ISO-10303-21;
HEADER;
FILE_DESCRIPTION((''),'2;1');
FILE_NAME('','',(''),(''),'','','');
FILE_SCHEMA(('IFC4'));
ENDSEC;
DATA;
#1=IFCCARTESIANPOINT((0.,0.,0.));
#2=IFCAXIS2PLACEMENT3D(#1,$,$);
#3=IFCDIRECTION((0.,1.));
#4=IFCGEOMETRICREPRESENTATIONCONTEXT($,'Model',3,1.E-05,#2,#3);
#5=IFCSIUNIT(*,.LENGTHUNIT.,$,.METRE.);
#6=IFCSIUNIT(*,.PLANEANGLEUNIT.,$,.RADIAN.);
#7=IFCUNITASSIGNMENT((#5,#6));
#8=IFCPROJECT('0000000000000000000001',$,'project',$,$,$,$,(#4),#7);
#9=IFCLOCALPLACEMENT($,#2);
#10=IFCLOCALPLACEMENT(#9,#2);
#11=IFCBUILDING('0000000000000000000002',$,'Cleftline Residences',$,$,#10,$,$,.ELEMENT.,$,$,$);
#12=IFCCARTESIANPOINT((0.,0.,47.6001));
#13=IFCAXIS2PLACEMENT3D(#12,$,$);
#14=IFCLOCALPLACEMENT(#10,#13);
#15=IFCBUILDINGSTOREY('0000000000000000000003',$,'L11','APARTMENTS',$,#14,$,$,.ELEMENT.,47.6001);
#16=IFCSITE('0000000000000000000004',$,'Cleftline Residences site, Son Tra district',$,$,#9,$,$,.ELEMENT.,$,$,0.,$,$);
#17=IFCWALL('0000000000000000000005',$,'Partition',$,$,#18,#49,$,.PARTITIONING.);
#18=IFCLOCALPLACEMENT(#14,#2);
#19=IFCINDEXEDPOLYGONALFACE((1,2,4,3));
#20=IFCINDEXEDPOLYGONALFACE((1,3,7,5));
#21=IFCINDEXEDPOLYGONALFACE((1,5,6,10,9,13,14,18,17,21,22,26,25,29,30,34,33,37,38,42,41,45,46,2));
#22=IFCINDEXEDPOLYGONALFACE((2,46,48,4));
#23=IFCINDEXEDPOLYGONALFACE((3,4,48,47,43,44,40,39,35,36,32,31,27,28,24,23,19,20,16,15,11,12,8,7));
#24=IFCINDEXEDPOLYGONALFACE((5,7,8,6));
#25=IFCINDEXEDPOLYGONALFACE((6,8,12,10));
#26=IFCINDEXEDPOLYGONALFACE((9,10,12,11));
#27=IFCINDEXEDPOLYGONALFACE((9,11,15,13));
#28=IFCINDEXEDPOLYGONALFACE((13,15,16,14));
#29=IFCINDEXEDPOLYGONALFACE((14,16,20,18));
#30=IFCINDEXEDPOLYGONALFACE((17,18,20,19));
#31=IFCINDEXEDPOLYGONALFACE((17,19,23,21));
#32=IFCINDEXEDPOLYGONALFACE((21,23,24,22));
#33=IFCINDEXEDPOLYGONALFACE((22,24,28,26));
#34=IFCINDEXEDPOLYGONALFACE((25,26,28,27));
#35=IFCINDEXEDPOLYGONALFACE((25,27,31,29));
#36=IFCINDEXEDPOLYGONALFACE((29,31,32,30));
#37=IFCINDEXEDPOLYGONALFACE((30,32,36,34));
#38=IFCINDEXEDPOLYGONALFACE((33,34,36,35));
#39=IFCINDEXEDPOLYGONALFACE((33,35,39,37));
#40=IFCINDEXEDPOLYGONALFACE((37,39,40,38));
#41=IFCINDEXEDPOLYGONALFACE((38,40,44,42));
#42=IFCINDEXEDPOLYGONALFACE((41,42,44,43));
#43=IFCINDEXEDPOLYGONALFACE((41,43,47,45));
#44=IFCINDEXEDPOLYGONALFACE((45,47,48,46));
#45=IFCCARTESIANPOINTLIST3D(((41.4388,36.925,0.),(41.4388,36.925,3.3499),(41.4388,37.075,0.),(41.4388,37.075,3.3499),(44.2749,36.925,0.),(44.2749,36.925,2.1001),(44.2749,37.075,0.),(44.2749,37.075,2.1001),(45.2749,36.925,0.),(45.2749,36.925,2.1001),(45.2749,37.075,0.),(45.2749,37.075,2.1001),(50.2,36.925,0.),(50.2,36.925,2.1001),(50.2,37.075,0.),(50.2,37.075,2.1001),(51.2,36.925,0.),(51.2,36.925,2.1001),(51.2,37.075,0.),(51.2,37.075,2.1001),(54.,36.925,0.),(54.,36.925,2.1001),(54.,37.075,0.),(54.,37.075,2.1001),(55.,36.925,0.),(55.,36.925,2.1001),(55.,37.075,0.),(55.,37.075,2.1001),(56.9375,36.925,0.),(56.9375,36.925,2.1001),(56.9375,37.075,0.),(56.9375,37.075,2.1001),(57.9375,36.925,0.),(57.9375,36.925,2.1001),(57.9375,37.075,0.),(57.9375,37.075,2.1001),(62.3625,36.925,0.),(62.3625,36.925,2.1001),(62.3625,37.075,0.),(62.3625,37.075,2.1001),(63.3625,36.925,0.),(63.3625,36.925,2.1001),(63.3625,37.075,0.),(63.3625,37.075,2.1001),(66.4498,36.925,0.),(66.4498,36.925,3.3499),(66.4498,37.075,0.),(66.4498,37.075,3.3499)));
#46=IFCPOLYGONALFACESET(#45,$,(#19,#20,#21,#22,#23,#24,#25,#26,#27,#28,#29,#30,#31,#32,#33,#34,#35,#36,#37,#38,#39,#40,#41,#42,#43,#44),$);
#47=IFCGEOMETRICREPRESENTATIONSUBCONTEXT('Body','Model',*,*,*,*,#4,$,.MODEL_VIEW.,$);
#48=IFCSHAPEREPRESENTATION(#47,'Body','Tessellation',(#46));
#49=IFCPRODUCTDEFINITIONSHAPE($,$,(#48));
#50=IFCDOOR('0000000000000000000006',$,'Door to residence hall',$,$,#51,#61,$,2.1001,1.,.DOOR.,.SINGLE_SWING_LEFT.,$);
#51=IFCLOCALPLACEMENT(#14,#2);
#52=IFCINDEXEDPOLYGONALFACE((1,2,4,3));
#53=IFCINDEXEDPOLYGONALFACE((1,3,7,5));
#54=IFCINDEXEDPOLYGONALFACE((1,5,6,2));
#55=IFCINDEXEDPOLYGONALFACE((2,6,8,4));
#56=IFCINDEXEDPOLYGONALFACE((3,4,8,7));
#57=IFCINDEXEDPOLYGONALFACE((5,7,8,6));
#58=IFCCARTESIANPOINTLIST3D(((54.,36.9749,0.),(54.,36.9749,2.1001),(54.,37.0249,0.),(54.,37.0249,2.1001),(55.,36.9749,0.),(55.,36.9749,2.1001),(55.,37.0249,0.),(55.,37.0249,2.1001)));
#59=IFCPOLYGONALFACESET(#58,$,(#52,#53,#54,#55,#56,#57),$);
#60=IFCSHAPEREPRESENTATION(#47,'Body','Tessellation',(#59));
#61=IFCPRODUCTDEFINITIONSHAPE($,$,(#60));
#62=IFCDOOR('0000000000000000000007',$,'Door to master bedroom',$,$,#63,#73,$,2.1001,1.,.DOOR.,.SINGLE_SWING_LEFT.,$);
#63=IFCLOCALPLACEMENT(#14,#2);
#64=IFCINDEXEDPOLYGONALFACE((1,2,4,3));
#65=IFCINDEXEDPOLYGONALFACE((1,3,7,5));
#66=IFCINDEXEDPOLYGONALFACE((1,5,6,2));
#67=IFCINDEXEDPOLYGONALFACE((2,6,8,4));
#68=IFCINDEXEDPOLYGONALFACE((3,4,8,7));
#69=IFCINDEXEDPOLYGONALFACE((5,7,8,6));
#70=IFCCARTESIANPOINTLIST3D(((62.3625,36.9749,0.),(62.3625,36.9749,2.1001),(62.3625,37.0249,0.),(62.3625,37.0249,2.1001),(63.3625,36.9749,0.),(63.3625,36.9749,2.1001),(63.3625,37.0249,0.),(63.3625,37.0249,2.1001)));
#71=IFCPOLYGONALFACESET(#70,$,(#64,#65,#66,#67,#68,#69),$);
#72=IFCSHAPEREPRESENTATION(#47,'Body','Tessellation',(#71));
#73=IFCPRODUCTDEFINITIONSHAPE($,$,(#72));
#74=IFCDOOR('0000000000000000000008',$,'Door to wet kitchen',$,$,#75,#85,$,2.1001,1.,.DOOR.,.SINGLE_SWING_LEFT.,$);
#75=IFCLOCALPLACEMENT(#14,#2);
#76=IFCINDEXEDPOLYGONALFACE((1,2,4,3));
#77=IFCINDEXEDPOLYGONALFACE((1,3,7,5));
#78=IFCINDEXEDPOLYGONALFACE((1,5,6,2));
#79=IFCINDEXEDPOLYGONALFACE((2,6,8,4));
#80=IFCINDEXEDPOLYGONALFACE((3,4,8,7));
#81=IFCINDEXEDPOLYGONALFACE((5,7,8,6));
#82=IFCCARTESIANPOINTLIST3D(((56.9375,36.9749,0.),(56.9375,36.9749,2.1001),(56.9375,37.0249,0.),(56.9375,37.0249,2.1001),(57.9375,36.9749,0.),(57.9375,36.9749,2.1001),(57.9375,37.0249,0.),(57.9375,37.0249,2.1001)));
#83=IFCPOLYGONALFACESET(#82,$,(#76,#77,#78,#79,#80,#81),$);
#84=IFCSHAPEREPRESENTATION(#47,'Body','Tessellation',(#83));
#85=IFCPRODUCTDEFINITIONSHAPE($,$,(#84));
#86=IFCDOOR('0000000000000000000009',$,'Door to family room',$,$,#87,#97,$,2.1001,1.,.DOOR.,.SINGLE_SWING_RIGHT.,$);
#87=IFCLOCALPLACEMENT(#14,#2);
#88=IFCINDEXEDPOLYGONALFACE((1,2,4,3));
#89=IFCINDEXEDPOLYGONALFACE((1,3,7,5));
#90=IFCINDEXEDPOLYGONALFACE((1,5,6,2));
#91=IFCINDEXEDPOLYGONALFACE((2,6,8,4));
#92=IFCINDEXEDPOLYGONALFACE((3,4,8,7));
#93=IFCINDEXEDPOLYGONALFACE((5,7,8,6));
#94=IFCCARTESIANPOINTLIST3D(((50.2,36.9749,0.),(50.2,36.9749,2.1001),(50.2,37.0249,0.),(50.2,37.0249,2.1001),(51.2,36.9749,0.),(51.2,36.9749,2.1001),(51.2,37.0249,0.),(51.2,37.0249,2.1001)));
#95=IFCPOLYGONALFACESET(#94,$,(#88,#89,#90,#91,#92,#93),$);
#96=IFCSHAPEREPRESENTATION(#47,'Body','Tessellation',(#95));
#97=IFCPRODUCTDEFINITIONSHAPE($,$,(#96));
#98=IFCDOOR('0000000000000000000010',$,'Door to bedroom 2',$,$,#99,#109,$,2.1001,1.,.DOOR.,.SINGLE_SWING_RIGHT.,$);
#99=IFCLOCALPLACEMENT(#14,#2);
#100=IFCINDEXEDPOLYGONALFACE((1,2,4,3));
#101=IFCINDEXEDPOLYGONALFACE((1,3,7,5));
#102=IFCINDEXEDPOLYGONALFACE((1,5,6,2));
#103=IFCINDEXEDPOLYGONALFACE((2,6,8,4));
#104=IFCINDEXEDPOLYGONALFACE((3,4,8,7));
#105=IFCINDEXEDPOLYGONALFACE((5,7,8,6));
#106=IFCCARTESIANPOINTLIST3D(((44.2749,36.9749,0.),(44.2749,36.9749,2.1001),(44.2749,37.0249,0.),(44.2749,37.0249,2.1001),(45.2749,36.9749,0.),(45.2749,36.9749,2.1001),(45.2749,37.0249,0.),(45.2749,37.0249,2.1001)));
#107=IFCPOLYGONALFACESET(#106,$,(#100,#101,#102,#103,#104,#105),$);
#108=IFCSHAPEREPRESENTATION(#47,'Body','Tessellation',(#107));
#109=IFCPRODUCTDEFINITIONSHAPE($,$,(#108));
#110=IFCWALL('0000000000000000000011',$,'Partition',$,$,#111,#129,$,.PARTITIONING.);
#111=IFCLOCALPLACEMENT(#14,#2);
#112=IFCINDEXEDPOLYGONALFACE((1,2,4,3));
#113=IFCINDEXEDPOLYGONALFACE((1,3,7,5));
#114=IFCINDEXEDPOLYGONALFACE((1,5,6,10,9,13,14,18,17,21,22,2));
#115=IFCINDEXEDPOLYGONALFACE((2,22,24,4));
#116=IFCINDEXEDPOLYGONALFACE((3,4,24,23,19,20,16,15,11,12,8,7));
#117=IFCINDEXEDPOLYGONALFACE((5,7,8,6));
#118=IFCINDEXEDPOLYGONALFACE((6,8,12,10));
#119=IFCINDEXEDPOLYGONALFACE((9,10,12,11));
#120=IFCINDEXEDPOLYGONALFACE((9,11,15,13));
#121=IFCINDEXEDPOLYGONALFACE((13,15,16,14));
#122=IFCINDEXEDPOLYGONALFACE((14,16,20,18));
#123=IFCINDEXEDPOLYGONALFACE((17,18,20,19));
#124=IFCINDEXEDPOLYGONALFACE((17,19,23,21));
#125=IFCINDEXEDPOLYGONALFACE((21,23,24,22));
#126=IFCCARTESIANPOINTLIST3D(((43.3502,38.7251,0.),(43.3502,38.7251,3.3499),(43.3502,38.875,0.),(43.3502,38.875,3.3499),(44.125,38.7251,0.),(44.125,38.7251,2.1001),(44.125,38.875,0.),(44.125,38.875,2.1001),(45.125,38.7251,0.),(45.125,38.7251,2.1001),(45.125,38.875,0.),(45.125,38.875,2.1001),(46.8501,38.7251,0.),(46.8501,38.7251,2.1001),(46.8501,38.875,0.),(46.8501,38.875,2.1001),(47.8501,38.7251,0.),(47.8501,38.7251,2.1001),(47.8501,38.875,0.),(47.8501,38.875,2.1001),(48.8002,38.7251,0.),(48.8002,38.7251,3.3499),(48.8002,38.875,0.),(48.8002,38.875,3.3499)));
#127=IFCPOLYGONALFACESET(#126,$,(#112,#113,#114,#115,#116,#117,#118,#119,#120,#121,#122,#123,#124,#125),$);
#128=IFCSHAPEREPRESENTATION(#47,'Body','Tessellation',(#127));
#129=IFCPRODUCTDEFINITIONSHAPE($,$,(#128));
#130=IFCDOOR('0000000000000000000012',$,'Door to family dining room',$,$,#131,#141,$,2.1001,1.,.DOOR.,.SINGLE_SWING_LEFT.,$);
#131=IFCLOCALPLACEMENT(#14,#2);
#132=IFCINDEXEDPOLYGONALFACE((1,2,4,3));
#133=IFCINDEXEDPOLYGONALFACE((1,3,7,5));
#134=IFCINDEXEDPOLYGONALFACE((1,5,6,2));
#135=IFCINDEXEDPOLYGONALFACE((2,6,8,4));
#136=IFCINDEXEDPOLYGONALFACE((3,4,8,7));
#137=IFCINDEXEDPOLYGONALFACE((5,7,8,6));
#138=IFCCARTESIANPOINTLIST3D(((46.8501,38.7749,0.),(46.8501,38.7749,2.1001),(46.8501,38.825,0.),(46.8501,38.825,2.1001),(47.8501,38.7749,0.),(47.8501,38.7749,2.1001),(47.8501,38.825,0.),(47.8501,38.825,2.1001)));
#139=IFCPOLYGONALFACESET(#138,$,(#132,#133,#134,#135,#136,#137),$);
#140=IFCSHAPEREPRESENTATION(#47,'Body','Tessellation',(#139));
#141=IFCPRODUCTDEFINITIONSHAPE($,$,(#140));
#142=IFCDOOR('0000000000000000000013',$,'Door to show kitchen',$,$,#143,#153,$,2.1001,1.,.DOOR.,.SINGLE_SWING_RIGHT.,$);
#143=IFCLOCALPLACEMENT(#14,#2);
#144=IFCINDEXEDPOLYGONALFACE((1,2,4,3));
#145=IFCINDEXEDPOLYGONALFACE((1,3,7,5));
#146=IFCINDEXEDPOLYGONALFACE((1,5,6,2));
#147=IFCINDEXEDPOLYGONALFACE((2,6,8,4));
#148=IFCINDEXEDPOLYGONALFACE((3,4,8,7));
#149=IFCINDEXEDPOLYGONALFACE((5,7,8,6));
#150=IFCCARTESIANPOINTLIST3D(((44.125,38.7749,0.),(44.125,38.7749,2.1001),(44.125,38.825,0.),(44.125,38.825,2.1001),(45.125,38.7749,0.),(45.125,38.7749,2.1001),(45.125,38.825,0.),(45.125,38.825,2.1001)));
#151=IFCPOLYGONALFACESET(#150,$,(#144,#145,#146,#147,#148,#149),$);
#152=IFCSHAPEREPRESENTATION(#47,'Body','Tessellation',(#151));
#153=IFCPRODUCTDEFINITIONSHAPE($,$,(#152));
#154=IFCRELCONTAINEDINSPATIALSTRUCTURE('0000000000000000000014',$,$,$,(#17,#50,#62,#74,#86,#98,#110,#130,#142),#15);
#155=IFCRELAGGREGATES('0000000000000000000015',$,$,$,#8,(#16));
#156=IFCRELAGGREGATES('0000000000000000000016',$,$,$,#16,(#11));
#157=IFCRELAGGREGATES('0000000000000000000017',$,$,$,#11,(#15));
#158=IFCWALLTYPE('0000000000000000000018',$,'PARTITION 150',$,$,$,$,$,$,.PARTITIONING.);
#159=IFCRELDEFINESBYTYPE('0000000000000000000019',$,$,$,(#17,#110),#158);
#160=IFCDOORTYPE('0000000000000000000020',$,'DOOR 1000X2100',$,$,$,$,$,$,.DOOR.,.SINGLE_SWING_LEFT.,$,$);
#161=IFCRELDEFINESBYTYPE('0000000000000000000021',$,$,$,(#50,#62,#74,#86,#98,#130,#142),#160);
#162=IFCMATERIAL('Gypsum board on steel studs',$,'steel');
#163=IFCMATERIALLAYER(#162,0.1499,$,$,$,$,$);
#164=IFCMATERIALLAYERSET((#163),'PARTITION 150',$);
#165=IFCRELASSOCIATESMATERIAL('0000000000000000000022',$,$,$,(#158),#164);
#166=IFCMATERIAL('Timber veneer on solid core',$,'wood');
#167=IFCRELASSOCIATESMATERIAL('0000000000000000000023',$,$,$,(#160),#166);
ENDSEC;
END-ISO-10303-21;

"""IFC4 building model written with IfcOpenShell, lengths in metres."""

from ifc_helpers import new_model, si_unit, direction, frame, frame_2d, origin, place, context, subcontext, project, spatial, rectangle, extrude, material, layer, layer_set, type_object, element, fill, save


model = new_model("IFC4")

# Units and contexts
model_context = context("Model", 3, precision=1e-05, world=origin(), true_north=direction((0.0, 1.0)))
body_context = subcontext(model_context, "Body", "Model", "MODEL_VIEW")
ifc_project = project(units=[si_unit("LENGTHUNIT", "METRE"), si_unit("PLANEANGLEUNIT", "RADIAN")], contexts=[model_context])

# Site, building, storey
site_placement = place(None, origin())
site = spatial("IfcSite", under=ifc_project, at=site_placement, Name="Cleftline Residences site, Son Tra district", CompositionType="ELEMENT", RefElevation=0.0)
building_placement = place(site_placement, origin())
building = spatial("IfcBuilding", under=site, at=building_placement, Name="Cleftline Residences", CompositionType="ELEMENT")
storey_placement = place(building_placement, frame((0.0, 0.0, 47.6001)))
storey = spatial("IfcBuildingStorey", under=building, at=storey_placement, Name="L11", Description="APARTMENTS", CompositionType="ELEMENT", Elevation=47.6001)

# Shared definitions
ifc_material_1 = material(Name="Gypsum board on steel studs", Category="steel")
ifc_layer_1 = layer(ifc_material_1, 0.1499)
ifc_layer_set_1 = layer_set([ifc_layer_1], Name="PARTITION 150")
wall_type = type_object("IfcWallType", Name="PARTITION 150", PredefinedType="PARTITIONING", material=ifc_layer_set_1)

# Walls, openings, doors
wall_1_placement = place(storey_placement, frame((41.439, 37.0, 0.0), z_axis=(0.0, 0.0, 1.0), x_axis=(1.0, 0.0, 0.0)))
wall_1 = element("IfcWall", 1, at=wall_1_placement, inside=storey, type_object=wall_type, Name="Partition", PredefinedType="PARTITIONING", context=body_context, shape_type="SweptSolid", body=[
    extrude(rectangle(XDim=25.011, YDim=0.1499, at=frame_2d((12.5054, 0.0))), origin(), (0.0, 0.0, 1.0), 3.3499),
])
opening_1_placement = place(wall_1_placement, frame((12.561, 0.0, 0.0)))
opening_1 = element("IfcOpeningElement", 2, at=opening_1_placement, cuts=wall_1, PredefinedType="OPENING", context=body_context, shape_type="SweptSolid", body=[
    extrude(rectangle(XDim=1.0, YDim=2.1001, at=frame_2d((0.5, 1.05))), frame((0.0, 0.085, 0.0), z_axis=(0.0, -1.0, 0.0), x_axis=(1.0, 0.0, 0.0)), (0.0, 0.0, 1.0), 0.1699),
])
opening_2_placement = place(wall_1_placement, frame((20.9236, 0.0, 0.0)))
opening_2 = element("IfcOpeningElement", 3, at=opening_2_placement, cuts=wall_1, PredefinedType="OPENING", context=body_context, shape_type="SweptSolid", body=[
    extrude(rectangle(XDim=1.0, YDim=2.1001, at=frame_2d((0.5, 1.05))), frame((0.0, 0.085, 0.0), z_axis=(0.0, -1.0, 0.0), x_axis=(1.0, 0.0, 0.0)), (0.0, 0.0, 1.0), 0.1699),
])
opening_3_placement = place(wall_1_placement, frame((15.4985, 0.0, 0.0)))
opening_3 = element("IfcOpeningElement", 4, at=opening_3_placement, cuts=wall_1, PredefinedType="OPENING", context=body_context, shape_type="SweptSolid", body=[
    extrude(rectangle(XDim=1.0, YDim=2.1001, at=frame_2d((0.5, 1.05))), frame((0.0, 0.085, 0.0), z_axis=(0.0, -1.0, 0.0), x_axis=(1.0, 0.0, 0.0)), (0.0, 0.0, 1.0), 0.1699),
])
opening_4_placement = place(wall_1_placement, frame((8.761, 0.0, 0.0)))
opening_4 = element("IfcOpeningElement", 5, at=opening_4_placement, cuts=wall_1, PredefinedType="OPENING", context=body_context, shape_type="SweptSolid", body=[
    extrude(rectangle(XDim=1.0, YDim=2.1001, at=frame_2d((0.5, 1.05))), frame((0.0, 0.085, 0.0), z_axis=(0.0, -1.0, 0.0), x_axis=(1.0, 0.0, 0.0)), (0.0, 0.0, 1.0), 0.1699),
])
opening_5_placement = place(wall_1_placement, frame((2.8359, 0.0, 0.0)))
opening_5 = element("IfcOpeningElement", 6, at=opening_5_placement, cuts=wall_1, PredefinedType="OPENING", context=body_context, shape_type="SweptSolid", body=[
    extrude(rectangle(XDim=1.0, YDim=2.1001, at=frame_2d((0.5, 1.05))), frame((0.0, 0.085, 0.0), z_axis=(0.0, -1.0, 0.0), x_axis=(1.0, 0.0, 0.0)), (0.0, 0.0, 1.0), 0.1699),
])
ifc_material_2 = material(Name="Timber veneer on solid core", Category="wood")
door_type = type_object("IfcDoorType", Name="DOOR 1000X2100", OperationType="SINGLE_SWING_LEFT", PredefinedType="DOOR", material=ifc_material_2)
door_1_placement = place(opening_1_placement, origin())
door_1 = element("IfcDoor", 7, at=door_1_placement, inside=storey, type_object=door_type, Name="Door to residence hall", OperationType="SINGLE_SWING_LEFT", OverallHeight=2.1001, OverallWidth=1.0, PredefinedType="DOOR", context=body_context, shape_type="SweptSolid", body=[
    extrude(rectangle(XDim=1.0, YDim=2.1001, at=frame_2d((0.5, 1.05))), frame((0.0, 0.0249, 0.0), z_axis=(0.0, -1.0, 0.0), x_axis=(1.0, 0.0, 0.0)), (0.0, 0.0, 1.0), 0.05),
])
fill(opening_1, door_1)
door_2_placement = place(opening_2_placement, origin())
door_2 = element("IfcDoor", 8, at=door_2_placement, inside=storey, type_object=door_type, Name="Door to master bedroom", OperationType="SINGLE_SWING_LEFT", OverallHeight=2.1001, OverallWidth=1.0, PredefinedType="DOOR", context=body_context, shape_type="SweptSolid", body=[
    extrude(rectangle(XDim=1.0, YDim=2.1001, at=frame_2d((0.5, 1.05))), frame((0.0, 0.0249, 0.0), z_axis=(0.0, -1.0, 0.0), x_axis=(1.0, 0.0, 0.0)), (0.0, 0.0, 1.0), 0.05),
])
fill(opening_2, door_2)
door_3_placement = place(opening_3_placement, origin())
door_3 = element("IfcDoor", 9, at=door_3_placement, inside=storey, type_object=door_type, Name="Door to wet kitchen", OperationType="SINGLE_SWING_LEFT", OverallHeight=2.1001, OverallWidth=1.0, PredefinedType="DOOR", context=body_context, shape_type="SweptSolid", body=[
    extrude(rectangle(XDim=1.0, YDim=2.1001, at=frame_2d((0.5, 1.05))), frame((0.0, 0.0249, 0.0), z_axis=(0.0, -1.0, 0.0), x_axis=(1.0, 0.0, 0.0)), (0.0, 0.0, 1.0), 0.05),
])
fill(opening_3, door_3)
door_4_placement = place(opening_4_placement, origin())
door_4 = element("IfcDoor", 10, at=door_4_placement, inside=storey, type_object=door_type, Name="Door to family room", OperationType="SINGLE_SWING_RIGHT", OverallHeight=2.1001, OverallWidth=1.0, PredefinedType="DOOR", context=body_context, shape_type="SweptSolid", body=[
    extrude(rectangle(XDim=1.0, YDim=2.1001, at=frame_2d((0.5, 1.05))), frame((0.0, 0.0249, 0.0), z_axis=(0.0, -1.0, 0.0), x_axis=(1.0, 0.0, 0.0)), (0.0, 0.0, 1.0), 0.05),
])
fill(opening_4, door_4)
door_5_placement = place(opening_5_placement, origin())
door_5 = element("IfcDoor", 11, at=door_5_placement, inside=storey, type_object=door_type, Name="Door to bedroom 2", OperationType="SINGLE_SWING_RIGHT", OverallHeight=2.1001, OverallWidth=1.0, PredefinedType="DOOR", context=body_context, shape_type="SweptSolid", body=[
    extrude(rectangle(XDim=1.0, YDim=2.1001, at=frame_2d((0.5, 1.05))), frame((0.0, 0.0249, 0.0), z_axis=(0.0, -1.0, 0.0), x_axis=(1.0, 0.0, 0.0)), (0.0, 0.0, 1.0), 0.05),
])
fill(opening_5, door_5)
wall_2_placement = place(storey_placement, frame((43.3501, 38.8, 0.0), z_axis=(0.0, 0.0, 1.0), x_axis=(1.0, 0.0, 0.0)))
wall_2 = element("IfcWall", 12, at=wall_2_placement, inside=storey, type_object=wall_type, Name="Partition", PredefinedType="PARTITIONING", context=body_context, shape_type="SweptSolid", body=[
    extrude(rectangle(XDim=5.45, YDim=0.1499, at=frame_2d((2.7251, 0.0))), origin(), (0.0, 0.0, 1.0), 3.3499),
])
opening_6_placement = place(wall_2_placement, frame((3.5, 0.0, 0.0)))
opening_6 = element("IfcOpeningElement", 13, at=opening_6_placement, cuts=wall_2, PredefinedType="OPENING", context=body_context, shape_type="SweptSolid", body=[
    extrude(rectangle(XDim=1.0, YDim=2.1001, at=frame_2d((0.5, 1.05))), frame((0.0, 0.085, 0.0), z_axis=(0.0, -1.0, 0.0), x_axis=(1.0, 0.0, 0.0)), (0.0, 0.0, 1.0), 0.1699),
])
opening_7_placement = place(wall_2_placement, frame((0.7749, 0.0, 0.0)))
opening_7 = element("IfcOpeningElement", 14, at=opening_7_placement, cuts=wall_2, PredefinedType="OPENING", context=body_context, shape_type="SweptSolid", body=[
    extrude(rectangle(XDim=1.0, YDim=2.1001, at=frame_2d((0.5, 1.05))), frame((0.0, 0.085, 0.0), z_axis=(0.0, -1.0, 0.0), x_axis=(1.0, 0.0, 0.0)), (0.0, 0.0, 1.0), 0.1699),
])
door_6_placement = place(opening_6_placement, origin())
door_6 = element("IfcDoor", 15, at=door_6_placement, inside=storey, type_object=door_type, Name="Door to family dining room", OperationType="SINGLE_SWING_LEFT", OverallHeight=2.1001, OverallWidth=1.0, PredefinedType="DOOR", context=body_context, shape_type="SweptSolid", body=[
    extrude(rectangle(XDim=1.0, YDim=2.1001, at=frame_2d((0.5, 1.05))), frame((0.0, 0.0249, 0.0), z_axis=(0.0, -1.0, 0.0), x_axis=(1.0, 0.0, 0.0)), (0.0, 0.0, 1.0), 0.05),
])
fill(opening_6, door_6)
door_7_placement = place(opening_7_placement, origin())
door_7 = element("IfcDoor", 16, at=door_7_placement, inside=storey, type_object=door_type, Name="Door to show kitchen", OperationType="SINGLE_SWING_RIGHT", OverallHeight=2.1001, OverallWidth=1.0, PredefinedType="DOOR", context=body_context, shape_type="SweptSolid", body=[
    extrude(rectangle(XDim=1.0, YDim=2.1001, at=frame_2d((0.5, 1.05))), frame((0.0, 0.0249, 0.0), z_axis=(0.0, -1.0, 0.0), x_axis=(1.0, 0.0, 0.0)), (0.0, 0.0, 1.0), 0.05),
])
fill(opening_7, door_7)

save(model, "model.ifc")
